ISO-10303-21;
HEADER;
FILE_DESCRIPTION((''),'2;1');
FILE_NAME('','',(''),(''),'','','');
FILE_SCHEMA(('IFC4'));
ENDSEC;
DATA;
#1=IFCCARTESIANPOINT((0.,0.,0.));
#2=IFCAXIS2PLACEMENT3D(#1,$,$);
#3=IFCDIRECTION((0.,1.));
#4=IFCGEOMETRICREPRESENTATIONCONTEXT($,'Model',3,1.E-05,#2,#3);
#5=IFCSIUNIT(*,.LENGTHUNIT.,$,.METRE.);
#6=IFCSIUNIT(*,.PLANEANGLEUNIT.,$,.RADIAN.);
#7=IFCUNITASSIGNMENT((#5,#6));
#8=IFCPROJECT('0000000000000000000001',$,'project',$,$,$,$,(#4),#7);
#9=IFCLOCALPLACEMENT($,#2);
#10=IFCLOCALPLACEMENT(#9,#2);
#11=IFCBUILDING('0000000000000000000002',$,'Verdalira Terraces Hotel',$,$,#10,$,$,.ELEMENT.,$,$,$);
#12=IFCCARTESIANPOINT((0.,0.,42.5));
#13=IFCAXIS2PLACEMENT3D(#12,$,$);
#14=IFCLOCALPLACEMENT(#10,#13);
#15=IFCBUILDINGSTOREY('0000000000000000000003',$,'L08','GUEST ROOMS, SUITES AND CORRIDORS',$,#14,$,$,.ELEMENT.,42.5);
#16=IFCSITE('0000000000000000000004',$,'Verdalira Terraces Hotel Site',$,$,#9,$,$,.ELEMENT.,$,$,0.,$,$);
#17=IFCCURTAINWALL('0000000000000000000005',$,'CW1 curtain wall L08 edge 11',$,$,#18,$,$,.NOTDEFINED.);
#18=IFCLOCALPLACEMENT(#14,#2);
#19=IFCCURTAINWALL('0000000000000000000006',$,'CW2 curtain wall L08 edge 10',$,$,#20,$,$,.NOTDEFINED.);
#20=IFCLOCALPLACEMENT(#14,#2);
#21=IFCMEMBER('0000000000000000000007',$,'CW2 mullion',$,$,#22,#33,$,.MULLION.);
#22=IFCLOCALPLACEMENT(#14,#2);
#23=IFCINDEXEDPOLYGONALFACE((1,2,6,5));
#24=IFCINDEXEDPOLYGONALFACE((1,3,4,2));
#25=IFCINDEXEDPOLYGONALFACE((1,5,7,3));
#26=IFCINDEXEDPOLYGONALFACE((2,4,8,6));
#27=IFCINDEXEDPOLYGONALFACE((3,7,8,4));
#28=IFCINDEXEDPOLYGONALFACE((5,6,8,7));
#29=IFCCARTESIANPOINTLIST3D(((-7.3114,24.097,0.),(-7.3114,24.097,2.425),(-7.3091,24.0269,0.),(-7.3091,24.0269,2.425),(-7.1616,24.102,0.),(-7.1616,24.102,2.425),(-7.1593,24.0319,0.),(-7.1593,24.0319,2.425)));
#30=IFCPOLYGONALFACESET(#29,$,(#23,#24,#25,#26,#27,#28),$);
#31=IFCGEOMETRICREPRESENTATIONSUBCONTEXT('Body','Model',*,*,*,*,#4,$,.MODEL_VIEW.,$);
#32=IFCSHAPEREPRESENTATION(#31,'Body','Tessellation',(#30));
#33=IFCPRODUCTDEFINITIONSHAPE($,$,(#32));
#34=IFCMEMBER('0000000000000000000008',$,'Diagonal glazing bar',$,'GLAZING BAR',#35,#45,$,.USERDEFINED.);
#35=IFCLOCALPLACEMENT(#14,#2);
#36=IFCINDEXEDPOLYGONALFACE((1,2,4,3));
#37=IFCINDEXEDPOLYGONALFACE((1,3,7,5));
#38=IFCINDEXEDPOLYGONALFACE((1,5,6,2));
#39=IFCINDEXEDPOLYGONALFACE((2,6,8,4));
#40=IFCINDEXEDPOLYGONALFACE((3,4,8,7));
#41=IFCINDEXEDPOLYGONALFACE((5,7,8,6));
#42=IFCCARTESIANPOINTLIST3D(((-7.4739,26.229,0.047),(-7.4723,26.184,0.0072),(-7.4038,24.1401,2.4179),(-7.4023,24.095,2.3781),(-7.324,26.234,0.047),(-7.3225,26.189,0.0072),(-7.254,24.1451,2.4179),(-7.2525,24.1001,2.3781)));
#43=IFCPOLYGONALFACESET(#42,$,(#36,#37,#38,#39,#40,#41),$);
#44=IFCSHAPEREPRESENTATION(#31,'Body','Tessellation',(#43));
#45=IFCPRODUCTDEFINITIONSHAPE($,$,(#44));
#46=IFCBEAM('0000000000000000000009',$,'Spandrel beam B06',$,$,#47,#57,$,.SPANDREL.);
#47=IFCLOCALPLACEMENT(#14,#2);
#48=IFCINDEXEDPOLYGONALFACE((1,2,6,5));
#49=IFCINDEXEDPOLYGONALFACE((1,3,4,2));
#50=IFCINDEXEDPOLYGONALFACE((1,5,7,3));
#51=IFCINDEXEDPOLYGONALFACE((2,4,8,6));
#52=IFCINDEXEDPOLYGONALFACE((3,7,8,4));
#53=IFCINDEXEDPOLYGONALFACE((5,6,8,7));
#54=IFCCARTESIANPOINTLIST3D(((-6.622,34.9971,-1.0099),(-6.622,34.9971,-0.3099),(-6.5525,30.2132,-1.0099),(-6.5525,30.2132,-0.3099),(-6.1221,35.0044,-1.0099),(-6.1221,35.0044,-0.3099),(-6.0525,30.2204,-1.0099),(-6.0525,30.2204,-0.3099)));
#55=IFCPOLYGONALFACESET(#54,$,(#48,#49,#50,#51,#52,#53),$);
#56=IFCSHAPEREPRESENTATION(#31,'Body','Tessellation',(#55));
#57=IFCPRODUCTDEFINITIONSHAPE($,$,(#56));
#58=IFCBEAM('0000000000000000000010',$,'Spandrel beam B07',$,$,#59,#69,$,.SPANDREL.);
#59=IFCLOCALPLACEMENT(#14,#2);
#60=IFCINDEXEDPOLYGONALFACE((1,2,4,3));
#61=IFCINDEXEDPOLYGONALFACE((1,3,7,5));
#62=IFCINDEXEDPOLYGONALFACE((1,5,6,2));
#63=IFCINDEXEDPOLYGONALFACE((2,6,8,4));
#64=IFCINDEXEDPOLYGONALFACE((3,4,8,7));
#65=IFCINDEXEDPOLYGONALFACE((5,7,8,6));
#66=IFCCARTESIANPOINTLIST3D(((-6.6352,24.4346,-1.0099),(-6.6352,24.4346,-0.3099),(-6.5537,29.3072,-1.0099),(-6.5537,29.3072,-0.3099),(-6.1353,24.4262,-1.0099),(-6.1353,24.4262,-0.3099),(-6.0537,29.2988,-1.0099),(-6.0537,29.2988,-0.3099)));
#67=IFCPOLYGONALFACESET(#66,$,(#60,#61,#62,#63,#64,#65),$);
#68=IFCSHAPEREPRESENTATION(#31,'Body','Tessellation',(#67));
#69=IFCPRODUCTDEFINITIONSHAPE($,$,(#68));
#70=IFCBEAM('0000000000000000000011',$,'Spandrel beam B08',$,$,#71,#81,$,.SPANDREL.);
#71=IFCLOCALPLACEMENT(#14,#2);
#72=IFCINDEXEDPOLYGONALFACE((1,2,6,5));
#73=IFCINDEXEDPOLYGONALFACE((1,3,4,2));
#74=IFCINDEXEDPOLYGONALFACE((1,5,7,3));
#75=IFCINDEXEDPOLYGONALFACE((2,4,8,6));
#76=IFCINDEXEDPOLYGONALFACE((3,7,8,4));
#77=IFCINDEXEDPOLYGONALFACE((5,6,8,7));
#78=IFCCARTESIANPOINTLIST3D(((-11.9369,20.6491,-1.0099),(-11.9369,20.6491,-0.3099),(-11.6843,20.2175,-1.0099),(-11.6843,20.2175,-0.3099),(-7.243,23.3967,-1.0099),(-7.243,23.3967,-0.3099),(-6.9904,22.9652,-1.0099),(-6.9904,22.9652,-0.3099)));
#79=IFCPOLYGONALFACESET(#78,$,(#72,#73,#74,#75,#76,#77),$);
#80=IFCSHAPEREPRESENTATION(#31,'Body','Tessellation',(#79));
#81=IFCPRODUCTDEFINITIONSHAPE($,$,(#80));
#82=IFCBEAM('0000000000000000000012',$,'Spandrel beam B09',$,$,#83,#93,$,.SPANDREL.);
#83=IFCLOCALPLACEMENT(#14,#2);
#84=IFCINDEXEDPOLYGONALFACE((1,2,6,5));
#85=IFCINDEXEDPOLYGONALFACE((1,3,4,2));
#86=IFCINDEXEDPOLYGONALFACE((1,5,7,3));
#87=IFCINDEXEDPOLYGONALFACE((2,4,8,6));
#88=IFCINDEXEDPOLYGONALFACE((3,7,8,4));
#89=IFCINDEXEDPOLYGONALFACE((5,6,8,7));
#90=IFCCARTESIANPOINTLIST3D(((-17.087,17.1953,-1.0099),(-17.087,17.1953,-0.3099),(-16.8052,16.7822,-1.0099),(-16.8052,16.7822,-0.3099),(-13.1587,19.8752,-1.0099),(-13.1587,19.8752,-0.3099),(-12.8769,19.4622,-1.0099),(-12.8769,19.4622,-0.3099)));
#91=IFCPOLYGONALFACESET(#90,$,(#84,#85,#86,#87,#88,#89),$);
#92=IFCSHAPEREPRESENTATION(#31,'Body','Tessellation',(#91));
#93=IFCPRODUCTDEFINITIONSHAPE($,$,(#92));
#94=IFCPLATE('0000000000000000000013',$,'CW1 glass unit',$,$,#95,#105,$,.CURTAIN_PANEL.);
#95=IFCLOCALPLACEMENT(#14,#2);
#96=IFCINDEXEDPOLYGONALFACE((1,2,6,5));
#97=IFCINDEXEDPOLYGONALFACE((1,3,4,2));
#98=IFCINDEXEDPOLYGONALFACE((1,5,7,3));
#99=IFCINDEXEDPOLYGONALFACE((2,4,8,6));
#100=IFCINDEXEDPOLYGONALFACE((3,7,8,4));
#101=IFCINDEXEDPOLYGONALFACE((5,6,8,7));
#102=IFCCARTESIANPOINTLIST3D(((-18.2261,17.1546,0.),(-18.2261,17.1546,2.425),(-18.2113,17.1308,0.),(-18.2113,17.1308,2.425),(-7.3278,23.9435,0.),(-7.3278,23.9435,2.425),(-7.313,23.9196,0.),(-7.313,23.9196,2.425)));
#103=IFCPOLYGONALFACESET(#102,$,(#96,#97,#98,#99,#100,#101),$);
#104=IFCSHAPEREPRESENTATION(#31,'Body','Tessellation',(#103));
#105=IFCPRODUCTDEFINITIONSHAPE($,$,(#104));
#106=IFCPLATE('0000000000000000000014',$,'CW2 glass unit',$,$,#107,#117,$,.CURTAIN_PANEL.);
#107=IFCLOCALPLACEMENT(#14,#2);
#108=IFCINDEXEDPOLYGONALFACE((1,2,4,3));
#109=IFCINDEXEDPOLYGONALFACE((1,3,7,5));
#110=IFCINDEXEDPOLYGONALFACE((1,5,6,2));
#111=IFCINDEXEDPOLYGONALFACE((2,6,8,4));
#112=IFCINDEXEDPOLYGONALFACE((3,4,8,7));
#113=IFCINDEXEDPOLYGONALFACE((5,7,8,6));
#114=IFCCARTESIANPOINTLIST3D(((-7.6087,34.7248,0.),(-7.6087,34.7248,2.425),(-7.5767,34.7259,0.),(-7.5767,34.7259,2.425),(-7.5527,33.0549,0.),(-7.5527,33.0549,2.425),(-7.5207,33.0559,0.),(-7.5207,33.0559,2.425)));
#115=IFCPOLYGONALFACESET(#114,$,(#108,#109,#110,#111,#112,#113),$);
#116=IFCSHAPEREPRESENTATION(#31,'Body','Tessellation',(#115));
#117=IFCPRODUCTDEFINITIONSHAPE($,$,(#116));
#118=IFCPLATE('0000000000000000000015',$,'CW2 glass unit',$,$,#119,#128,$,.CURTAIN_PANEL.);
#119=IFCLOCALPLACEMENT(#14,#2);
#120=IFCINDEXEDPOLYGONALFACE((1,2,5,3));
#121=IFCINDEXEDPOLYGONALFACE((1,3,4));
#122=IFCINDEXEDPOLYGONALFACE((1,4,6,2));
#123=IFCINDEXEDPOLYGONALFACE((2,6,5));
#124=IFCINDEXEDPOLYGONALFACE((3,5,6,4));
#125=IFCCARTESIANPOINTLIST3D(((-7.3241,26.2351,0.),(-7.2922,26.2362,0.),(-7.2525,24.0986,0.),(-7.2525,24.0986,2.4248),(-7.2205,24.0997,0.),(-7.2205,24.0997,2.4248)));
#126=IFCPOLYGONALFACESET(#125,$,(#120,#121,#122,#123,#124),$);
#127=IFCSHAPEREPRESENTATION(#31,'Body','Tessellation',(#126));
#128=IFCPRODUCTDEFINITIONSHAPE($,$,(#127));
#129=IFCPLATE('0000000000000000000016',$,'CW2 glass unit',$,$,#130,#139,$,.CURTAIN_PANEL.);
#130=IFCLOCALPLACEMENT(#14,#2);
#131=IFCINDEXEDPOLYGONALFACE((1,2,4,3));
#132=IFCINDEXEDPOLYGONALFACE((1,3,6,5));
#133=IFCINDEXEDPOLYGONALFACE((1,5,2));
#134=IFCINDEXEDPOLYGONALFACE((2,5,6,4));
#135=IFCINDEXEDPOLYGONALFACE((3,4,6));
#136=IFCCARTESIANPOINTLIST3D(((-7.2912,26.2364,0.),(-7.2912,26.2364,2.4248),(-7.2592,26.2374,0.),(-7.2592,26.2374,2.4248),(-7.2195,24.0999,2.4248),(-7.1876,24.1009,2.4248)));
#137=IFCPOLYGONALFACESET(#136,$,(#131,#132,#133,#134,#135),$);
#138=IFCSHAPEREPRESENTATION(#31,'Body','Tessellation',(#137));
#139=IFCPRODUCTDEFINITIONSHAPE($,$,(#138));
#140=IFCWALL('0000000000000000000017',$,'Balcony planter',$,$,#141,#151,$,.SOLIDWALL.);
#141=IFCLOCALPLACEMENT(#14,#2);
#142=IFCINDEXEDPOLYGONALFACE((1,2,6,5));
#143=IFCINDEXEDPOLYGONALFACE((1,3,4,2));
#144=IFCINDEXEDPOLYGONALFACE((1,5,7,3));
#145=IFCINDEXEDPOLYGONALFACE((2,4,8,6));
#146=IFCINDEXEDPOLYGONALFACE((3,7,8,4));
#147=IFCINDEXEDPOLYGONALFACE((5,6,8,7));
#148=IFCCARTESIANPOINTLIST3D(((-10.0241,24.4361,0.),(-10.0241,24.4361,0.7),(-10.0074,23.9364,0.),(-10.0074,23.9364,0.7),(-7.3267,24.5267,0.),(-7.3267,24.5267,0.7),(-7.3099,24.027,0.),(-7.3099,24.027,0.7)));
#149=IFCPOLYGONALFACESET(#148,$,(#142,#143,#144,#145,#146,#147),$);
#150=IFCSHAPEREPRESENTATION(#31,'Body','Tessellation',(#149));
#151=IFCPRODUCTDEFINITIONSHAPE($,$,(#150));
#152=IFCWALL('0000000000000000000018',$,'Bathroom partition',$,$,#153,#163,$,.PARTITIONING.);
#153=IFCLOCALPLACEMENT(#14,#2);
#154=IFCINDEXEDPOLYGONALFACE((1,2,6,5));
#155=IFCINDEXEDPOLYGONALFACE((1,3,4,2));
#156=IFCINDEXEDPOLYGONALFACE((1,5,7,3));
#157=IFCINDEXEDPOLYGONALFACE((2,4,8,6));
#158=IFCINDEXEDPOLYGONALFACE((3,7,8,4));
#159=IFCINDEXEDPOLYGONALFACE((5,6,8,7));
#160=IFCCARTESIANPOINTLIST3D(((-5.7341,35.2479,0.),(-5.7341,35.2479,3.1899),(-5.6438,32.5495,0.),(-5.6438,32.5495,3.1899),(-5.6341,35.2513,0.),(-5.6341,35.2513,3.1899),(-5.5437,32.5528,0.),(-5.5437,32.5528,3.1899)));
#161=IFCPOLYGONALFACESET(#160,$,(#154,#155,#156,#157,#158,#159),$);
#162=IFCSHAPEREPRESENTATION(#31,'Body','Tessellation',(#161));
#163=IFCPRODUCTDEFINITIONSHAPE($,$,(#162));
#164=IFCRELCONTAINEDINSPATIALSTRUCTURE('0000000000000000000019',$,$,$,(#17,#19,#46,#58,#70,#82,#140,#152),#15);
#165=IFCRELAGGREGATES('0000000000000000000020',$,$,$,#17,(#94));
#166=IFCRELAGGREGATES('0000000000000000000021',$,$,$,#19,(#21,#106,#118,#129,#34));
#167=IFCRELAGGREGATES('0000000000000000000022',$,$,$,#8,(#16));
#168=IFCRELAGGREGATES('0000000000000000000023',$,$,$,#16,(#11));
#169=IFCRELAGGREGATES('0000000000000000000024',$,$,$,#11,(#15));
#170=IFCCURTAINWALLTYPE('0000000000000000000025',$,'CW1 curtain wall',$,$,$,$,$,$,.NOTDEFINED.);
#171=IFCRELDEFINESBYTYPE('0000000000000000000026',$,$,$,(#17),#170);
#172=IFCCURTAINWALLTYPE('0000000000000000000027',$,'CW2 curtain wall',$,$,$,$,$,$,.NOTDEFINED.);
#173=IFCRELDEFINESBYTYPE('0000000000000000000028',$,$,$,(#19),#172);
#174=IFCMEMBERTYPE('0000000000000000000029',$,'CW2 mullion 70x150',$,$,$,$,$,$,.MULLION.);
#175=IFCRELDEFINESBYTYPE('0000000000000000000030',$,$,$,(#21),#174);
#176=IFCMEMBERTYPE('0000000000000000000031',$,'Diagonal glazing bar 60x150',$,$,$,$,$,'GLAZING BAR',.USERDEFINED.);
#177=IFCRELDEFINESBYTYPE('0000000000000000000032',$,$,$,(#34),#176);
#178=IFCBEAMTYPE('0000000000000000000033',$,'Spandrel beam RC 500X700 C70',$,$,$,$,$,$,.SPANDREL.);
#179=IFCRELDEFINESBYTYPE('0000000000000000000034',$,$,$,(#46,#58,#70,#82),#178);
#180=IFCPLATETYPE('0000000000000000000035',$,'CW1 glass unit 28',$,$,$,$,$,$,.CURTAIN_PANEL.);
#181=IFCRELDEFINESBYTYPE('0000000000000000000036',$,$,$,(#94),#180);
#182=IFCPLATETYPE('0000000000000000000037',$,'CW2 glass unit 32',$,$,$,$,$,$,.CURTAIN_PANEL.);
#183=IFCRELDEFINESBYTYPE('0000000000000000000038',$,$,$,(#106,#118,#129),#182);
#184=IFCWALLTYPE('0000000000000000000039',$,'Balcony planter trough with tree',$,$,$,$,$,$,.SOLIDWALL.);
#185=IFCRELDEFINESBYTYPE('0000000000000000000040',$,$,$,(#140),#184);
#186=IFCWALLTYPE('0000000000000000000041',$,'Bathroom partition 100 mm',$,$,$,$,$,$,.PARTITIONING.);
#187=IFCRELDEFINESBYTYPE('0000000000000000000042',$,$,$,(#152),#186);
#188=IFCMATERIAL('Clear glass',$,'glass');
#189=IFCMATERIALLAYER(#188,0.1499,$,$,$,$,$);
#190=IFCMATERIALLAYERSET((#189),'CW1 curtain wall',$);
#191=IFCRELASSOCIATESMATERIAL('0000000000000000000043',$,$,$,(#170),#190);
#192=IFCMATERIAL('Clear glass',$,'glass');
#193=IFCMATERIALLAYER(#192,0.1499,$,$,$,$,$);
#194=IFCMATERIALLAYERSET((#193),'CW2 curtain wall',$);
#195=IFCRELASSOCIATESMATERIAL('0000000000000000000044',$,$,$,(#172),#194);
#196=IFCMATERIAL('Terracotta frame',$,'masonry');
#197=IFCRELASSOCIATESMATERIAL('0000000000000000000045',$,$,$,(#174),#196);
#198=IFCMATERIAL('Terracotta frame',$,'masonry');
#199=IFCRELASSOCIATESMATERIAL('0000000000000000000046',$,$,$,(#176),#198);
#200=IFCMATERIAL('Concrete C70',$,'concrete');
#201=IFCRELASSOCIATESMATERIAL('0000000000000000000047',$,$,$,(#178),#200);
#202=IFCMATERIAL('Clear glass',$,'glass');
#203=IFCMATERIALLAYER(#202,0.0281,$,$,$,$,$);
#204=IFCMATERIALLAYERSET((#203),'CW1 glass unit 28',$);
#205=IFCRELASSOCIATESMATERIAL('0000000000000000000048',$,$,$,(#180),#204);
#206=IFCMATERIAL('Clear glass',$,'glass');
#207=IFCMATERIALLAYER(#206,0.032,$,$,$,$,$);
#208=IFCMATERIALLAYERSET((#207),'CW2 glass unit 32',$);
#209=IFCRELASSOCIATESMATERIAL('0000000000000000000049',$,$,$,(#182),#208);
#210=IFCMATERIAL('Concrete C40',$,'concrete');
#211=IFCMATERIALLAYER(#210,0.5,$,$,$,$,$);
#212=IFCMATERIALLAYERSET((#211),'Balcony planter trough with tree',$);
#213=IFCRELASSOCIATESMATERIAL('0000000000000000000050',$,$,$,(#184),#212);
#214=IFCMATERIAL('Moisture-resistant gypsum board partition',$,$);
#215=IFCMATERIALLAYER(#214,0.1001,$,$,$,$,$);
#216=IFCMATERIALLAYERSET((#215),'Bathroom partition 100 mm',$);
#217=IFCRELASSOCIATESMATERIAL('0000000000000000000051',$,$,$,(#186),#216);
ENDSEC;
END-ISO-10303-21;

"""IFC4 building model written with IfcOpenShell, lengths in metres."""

from ifc_helpers import new_model, si_unit, direction, frame, frame_2d, origin, origin_2d, place, context, subcontext, project, spatial, polyline, rectangle, outline, extrude, material, layer, layer_set, material_profile, profile_set, type_object, element, aggregate, save


model = new_model("IFC4")

# Units and contexts
model_context = context("Model", 3, precision=1e-05, world=origin(), true_north=direction((0.0, 1.0)))
body_context = subcontext(model_context, "Body", "Model", "MODEL_VIEW")
ifc_project = project(units=[si_unit("LENGTHUNIT", "METRE"), si_unit("PLANEANGLEUNIT", "RADIAN")], contexts=[model_context])

# Site, building, storey
site_placement = place(None, origin())
site = spatial("IfcSite", under=ifc_project, at=site_placement, Name="Verdalira Terraces Hotel Site", CompositionType="ELEMENT", RefElevation=0.0)
building_placement = place(site_placement, origin())
building = spatial("IfcBuilding", under=site, at=building_placement, Name="Verdalira Terraces Hotel", CompositionType="ELEMENT")
storey_placement = place(building_placement, frame((0.0, 0.0, 42.5)))
storey = spatial("IfcBuildingStorey", under=building, at=storey_placement, Name="L08", Description="GUEST ROOMS, SUITES AND CORRIDORS", CompositionType="ELEMENT", Elevation=42.5)

# Curtain walls, members
ifc_material_1 = material(Name="Clear glass", Category="glass")
ifc_layer_1 = layer(ifc_material_1, 0.1499)
ifc_layer_set_1 = layer_set([ifc_layer_1], Name="CW1 curtain wall")
curtain_wall_type_1 = type_object("IfcCurtainWallType", Name="CW1 curtain wall", PredefinedType="NOTDEFINED", material=ifc_layer_set_1)
curtain_wall_1_placement = place(storey_placement, origin())
curtain_wall_1 = element("IfcCurtainWall", 1, at=curtain_wall_1_placement, inside=storey, type_object=curtain_wall_type_1, Name="CW1 curtain wall L08 edge 11", PredefinedType="NOTDEFINED")
ifc_material_2 = material(Name="Clear glass", Category="glass")
ifc_layer_2 = layer(ifc_material_2, 0.1499)
ifc_layer_set_2 = layer_set([ifc_layer_2], Name="CW2 curtain wall")
curtain_wall_type_2 = type_object("IfcCurtainWallType", Name="CW2 curtain wall", PredefinedType="NOTDEFINED", material=ifc_layer_set_2)
curtain_wall_2_placement = place(storey_placement, origin())
curtain_wall_2 = element("IfcCurtainWall", 2, at=curtain_wall_2_placement, inside=storey, type_object=curtain_wall_type_2, Name="CW2 curtain wall L08 edge 10", PredefinedType="NOTDEFINED")
ifc_material_3 = material(Name="Terracotta frame", Category="masonry")
ifc_material_profile_1 = material_profile(ifc_material_3, rectangle(XDim=0.0701, YDim=0.1499, at=origin_2d()), Name="MU 70x150")
ifc_profile_set_1 = profile_set([ifc_material_profile_1], Name="Terracotta frame")
member_type_1 = type_object("IfcMemberType", Name="CW2 mullion 70x150", PredefinedType="MULLION", material=ifc_profile_set_1)
member_1_placement = place(storey_placement, frame((-7.2354, 24.0645, 0.0), z_axis=(0.0, 0.0, 1.0), x_axis=(0.033504, -0.999439, 0.0)))
member_1 = element("IfcMember", 3, at=member_1_placement, type_object=member_type_1, Name="CW2 mullion", PredefinedType="MULLION", context=body_context, shape_type="SweptSolid", body=[
    extrude(rectangle(XDim=0.0701, YDim=0.1499, at=origin_2d()), origin(), (0.0, 0.0, 1.0), 2.425),
])
ifc_material_4 = material(Name="Terracotta frame", Category="masonry")
ifc_material_profile_2 = material_profile(ifc_material_4, rectangle(XDim=0.1499, YDim=0.0601, at=origin_2d()), Name="GB 60x150")
ifc_profile_set_2 = profile_set([ifc_material_profile_2], Name="Terracotta frame")
member_type_2 = type_object("IfcMemberType", Name="Diagonal glazing bar 60x150", ElementType="GLAZING BAR", PredefinedType="USERDEFINED", material=ifc_profile_set_2)
member_2_placement = place(storey_placement, frame((-7.3982, 26.209, 0.0271), z_axis=(0.02217, -0.660915, 0.750134), x_axis=(0.999438, 0.033525, 0.0)))
member_2 = element("IfcMember", 4, at=member_2_placement, type_object=member_type_2, Name="Diagonal glazing bar", ObjectType="GLAZING BAR", PredefinedType="USERDEFINED", context=body_context, shape_type="SweptSolid", body=[
    extrude(rectangle(XDim=0.1499, YDim=0.0601, at=origin_2d()), origin(), (0.0, 0.0, 1.0), 3.1606),
])

# Beams
ifc_material_5 = material(Name="Concrete C70", Category="concrete")
ifc_material_profile_3 = material_profile(ifc_material_5, rectangle(XDim=0.5, YDim=0.7, at=origin_2d()), Name="RC 500X700")
ifc_profile_set_3 = profile_set([ifc_material_profile_3], Name="Concrete C70")
beam_type_1 = type_object("IfcBeamType", Name="Spandrel beam RC 500X700 C70", PredefinedType="SPANDREL", material=ifc_profile_set_3)
beam_1_placement = place(storey_placement, frame((-6.3721, 35.0007, -0.6599), z_axis=(0.014543, -0.999894, 0.0), x_axis=(0.999894, 0.014543, 0.0)))
element("IfcBeam", 5, at=beam_1_placement, inside=storey, type_object=beam_type_1, Name="Spandrel beam B06", PredefinedType="SPANDREL", context=body_context, shape_type="SweptSolid", body=[
    extrude(rectangle(XDim=0.5, YDim=0.7, at=origin_2d()), origin(), (0.0, 0.0, 1.0), 4.7844),
])
beam_2_placement = place(storey_placement, frame((-6.3037, 29.303, -0.6599), z_axis=(-0.016733, -0.99986, 0.0), x_axis=(0.99986, -0.016733, 0.0)))
element("IfcBeam", 6, at=beam_2_placement, inside=storey, type_object=beam_type_1, Name="Spandrel beam B07", PredefinedType="SPANDREL", context=body_context, shape_type="SweptSolid", body=[
    extrude(rectangle(XDim=0.5, YDim=0.7, at=origin_2d()), origin(), (0.0, 0.0, 1.0), 4.8733),
])
beam_3_placement = place(storey_placement, frame((-7.1167, 23.1809, -0.6599), z_axis=(-0.863019, -0.505171, 0.0), x_axis=(0.505171, -0.863019, 0.0)))
element("IfcBeam", 7, at=beam_3_placement, inside=storey, type_object=beam_type_1, Name="Spandrel beam B08", PredefinedType="SPANDREL", context=body_context, shape_type="SweptSolid", body=[
    extrude(rectangle(XDim=0.5, YDim=0.7, at=origin_2d()), origin(), (0.0, 0.0, 1.0), 5.439),
])
beam_4_placement = place(storey_placement, frame((-13.0178, 19.6687, -0.6599), z_axis=(-0.826071, -0.563566, 0.0), x_axis=(0.563566, -0.826071, 0.0)))
element("IfcBeam", 8, at=beam_4_placement, inside=storey, type_object=beam_type_1, Name="Spandrel beam B09", PredefinedType="SPANDREL", context=body_context, shape_type="SweptSolid", body=[
    extrude(rectangle(XDim=0.5, YDim=0.7, at=origin_2d()), origin(), (0.0, 0.0, 1.0), 4.7554),
])

# Plates
ifc_material_6 = material(Name="Clear glass", Category="glass")
ifc_layer_3 = layer(ifc_material_6, 0.0281)
ifc_layer_set_3 = layer_set([ifc_layer_3], Name="CW1 glass unit 28")
plate_type_1 = type_object("IfcPlateType", Name="CW1 glass unit 28", PredefinedType="CURTAIN_PANEL", material=ifc_layer_set_3)
plate_1_placement = place(storey_placement, frame((-12.7695, 20.5371, 0.0), z_axis=(0.0, 0.0, 1.0), x_axis=(-0.848787, -0.528735, 0.0)))
plate_1 = element("IfcPlate", 9, at=plate_1_placement, type_object=plate_type_1, Name="CW1 glass unit", PredefinedType="CURTAIN_PANEL", context=body_context, shape_type="SweptSolid", body=[
    extrude(rectangle(XDim=12.8398, YDim=0.0281, at=origin_2d()), origin(), (0.0, 0.0, 1.0), 2.425),
])
aggregate(curtain_wall_1, [plate_1])
ifc_material_7 = material(Name="Clear glass", Category="glass")
ifc_layer_4 = layer(ifc_material_7, 0.032)
ifc_layer_set_4 = layer_set([ifc_layer_4], Name="CW2 glass unit 32")
plate_type_2 = type_object("IfcPlateType", Name="CW2 glass unit 32", PredefinedType="CURTAIN_PANEL", material=ifc_layer_set_4)
plate_2_placement = place(storey_placement, frame((-7.5647, 33.8904, 0.0), z_axis=(0.0, 0.0, 1.0), x_axis=(0.033504, -0.999439, 0.0)))
plate_2 = element("IfcPlate", 10, at=plate_2_placement, type_object=plate_type_2, Name="CW2 glass unit", PredefinedType="CURTAIN_PANEL", context=body_context, shape_type="SweptSolid", body=[
    extrude(rectangle(XDim=1.6709, YDim=0.032, at=origin_2d()), origin(), (0.0, 0.0, 1.0), 2.425),
])
plate_3_placement = place(storey_placement, frame((-7.2563, 25.168, 1.2124), z_axis=(-0.999439, -0.033504, 0.0), x_axis=(0.033504, -0.999439, 0.0)))
plate_3 = element("IfcPlate", 11, at=plate_3_placement, type_object=plate_type_2, Name="CW2 glass unit", PredefinedType="CURTAIN_PANEL", context=body_context, shape_type="SweptSolid", body=[
    extrude(outline(polyline([(-1.0688, -1.2124), (1.0688, -1.2124), (1.0688, 1.2124), (-1.0688, -1.2124)])), origin(), (0.0, 0.0, 1.0), 0.032),
])
plate_4_placement = place(storey_placement, frame((-7.2234, 25.1692, 1.2124), z_axis=(-0.999439, -0.033504, 0.0), x_axis=(0.033504, -0.999439, 0.0)))
plate_4 = element("IfcPlate", 12, at=plate_4_placement, type_object=plate_type_2, Name="CW2 glass unit", PredefinedType="CURTAIN_PANEL", context=body_context, shape_type="SweptSolid", body=[
    extrude(outline(polyline([(-1.0688, -1.2124), (1.0688, 1.2124), (-1.0688, 1.2124), (-1.0688, -1.2124)])), origin(), (0.0, 0.0, 1.0), 0.032),
])
aggregate(curtain_wall_2, [member_1, plate_2, plate_3, plate_4, member_2])

# Walls
ifc_material_8 = material(Name="Concrete C40", Category="concrete")
ifc_layer_5 = layer(ifc_material_8, 0.5)
ifc_layer_set_5 = layer_set([ifc_layer_5], Name="Balcony planter trough with tree")
wall_type_1 = type_object("IfcWallType", Name="Balcony planter trough with tree", PredefinedType="SOLIDWALL", material=ifc_layer_set_5)
wall_1_placement = place(storey_placement, frame((-10.0159, 24.1863, 0.0), z_axis=(0.0, 0.0, 1.0), x_axis=(0.999437, 0.033559, 0.0)))
element("IfcWall", 13, at=wall_1_placement, inside=storey, type_object=wall_type_1, Name="Balcony planter", PredefinedType="SOLIDWALL", context=body_context, shape_type="SweptSolid", body=[
    extrude(rectangle(XDim=2.699, YDim=0.5, at=frame_2d((1.3496, 0.0))), origin(), (0.0, 0.0, 1.0), 0.7),
])
ifc_material_9 = material(Name="Moisture-resistant gypsum board partition")
ifc_layer_6 = layer(ifc_material_9, 0.1001)
ifc_layer_set_6 = layer_set([ifc_layer_6], Name="Bathroom partition 100 mm")
wall_type_2 = type_object("IfcWallType", Name="Bathroom partition 100 mm", PredefinedType="PARTITIONING", material=ifc_layer_set_6)
wall_2_placement = place(storey_placement, frame((-5.5938, 32.551, 0.0), z_axis=(0.0, 0.0, 1.0), x_axis=(-0.033456, 0.99944, 0.0)))
element("IfcWall", 14, at=wall_2_placement, inside=storey, type_object=wall_type_2, Name="Bathroom partition", PredefinedType="PARTITIONING", context=body_context, shape_type="SweptSolid", body=[
    extrude(rectangle(XDim=2.7, YDim=0.1001, at=frame_2d((1.3501, 0.0))), origin(), (0.0, 0.0, 1.0), 3.1899),
])

save(model, "model.ifc")
